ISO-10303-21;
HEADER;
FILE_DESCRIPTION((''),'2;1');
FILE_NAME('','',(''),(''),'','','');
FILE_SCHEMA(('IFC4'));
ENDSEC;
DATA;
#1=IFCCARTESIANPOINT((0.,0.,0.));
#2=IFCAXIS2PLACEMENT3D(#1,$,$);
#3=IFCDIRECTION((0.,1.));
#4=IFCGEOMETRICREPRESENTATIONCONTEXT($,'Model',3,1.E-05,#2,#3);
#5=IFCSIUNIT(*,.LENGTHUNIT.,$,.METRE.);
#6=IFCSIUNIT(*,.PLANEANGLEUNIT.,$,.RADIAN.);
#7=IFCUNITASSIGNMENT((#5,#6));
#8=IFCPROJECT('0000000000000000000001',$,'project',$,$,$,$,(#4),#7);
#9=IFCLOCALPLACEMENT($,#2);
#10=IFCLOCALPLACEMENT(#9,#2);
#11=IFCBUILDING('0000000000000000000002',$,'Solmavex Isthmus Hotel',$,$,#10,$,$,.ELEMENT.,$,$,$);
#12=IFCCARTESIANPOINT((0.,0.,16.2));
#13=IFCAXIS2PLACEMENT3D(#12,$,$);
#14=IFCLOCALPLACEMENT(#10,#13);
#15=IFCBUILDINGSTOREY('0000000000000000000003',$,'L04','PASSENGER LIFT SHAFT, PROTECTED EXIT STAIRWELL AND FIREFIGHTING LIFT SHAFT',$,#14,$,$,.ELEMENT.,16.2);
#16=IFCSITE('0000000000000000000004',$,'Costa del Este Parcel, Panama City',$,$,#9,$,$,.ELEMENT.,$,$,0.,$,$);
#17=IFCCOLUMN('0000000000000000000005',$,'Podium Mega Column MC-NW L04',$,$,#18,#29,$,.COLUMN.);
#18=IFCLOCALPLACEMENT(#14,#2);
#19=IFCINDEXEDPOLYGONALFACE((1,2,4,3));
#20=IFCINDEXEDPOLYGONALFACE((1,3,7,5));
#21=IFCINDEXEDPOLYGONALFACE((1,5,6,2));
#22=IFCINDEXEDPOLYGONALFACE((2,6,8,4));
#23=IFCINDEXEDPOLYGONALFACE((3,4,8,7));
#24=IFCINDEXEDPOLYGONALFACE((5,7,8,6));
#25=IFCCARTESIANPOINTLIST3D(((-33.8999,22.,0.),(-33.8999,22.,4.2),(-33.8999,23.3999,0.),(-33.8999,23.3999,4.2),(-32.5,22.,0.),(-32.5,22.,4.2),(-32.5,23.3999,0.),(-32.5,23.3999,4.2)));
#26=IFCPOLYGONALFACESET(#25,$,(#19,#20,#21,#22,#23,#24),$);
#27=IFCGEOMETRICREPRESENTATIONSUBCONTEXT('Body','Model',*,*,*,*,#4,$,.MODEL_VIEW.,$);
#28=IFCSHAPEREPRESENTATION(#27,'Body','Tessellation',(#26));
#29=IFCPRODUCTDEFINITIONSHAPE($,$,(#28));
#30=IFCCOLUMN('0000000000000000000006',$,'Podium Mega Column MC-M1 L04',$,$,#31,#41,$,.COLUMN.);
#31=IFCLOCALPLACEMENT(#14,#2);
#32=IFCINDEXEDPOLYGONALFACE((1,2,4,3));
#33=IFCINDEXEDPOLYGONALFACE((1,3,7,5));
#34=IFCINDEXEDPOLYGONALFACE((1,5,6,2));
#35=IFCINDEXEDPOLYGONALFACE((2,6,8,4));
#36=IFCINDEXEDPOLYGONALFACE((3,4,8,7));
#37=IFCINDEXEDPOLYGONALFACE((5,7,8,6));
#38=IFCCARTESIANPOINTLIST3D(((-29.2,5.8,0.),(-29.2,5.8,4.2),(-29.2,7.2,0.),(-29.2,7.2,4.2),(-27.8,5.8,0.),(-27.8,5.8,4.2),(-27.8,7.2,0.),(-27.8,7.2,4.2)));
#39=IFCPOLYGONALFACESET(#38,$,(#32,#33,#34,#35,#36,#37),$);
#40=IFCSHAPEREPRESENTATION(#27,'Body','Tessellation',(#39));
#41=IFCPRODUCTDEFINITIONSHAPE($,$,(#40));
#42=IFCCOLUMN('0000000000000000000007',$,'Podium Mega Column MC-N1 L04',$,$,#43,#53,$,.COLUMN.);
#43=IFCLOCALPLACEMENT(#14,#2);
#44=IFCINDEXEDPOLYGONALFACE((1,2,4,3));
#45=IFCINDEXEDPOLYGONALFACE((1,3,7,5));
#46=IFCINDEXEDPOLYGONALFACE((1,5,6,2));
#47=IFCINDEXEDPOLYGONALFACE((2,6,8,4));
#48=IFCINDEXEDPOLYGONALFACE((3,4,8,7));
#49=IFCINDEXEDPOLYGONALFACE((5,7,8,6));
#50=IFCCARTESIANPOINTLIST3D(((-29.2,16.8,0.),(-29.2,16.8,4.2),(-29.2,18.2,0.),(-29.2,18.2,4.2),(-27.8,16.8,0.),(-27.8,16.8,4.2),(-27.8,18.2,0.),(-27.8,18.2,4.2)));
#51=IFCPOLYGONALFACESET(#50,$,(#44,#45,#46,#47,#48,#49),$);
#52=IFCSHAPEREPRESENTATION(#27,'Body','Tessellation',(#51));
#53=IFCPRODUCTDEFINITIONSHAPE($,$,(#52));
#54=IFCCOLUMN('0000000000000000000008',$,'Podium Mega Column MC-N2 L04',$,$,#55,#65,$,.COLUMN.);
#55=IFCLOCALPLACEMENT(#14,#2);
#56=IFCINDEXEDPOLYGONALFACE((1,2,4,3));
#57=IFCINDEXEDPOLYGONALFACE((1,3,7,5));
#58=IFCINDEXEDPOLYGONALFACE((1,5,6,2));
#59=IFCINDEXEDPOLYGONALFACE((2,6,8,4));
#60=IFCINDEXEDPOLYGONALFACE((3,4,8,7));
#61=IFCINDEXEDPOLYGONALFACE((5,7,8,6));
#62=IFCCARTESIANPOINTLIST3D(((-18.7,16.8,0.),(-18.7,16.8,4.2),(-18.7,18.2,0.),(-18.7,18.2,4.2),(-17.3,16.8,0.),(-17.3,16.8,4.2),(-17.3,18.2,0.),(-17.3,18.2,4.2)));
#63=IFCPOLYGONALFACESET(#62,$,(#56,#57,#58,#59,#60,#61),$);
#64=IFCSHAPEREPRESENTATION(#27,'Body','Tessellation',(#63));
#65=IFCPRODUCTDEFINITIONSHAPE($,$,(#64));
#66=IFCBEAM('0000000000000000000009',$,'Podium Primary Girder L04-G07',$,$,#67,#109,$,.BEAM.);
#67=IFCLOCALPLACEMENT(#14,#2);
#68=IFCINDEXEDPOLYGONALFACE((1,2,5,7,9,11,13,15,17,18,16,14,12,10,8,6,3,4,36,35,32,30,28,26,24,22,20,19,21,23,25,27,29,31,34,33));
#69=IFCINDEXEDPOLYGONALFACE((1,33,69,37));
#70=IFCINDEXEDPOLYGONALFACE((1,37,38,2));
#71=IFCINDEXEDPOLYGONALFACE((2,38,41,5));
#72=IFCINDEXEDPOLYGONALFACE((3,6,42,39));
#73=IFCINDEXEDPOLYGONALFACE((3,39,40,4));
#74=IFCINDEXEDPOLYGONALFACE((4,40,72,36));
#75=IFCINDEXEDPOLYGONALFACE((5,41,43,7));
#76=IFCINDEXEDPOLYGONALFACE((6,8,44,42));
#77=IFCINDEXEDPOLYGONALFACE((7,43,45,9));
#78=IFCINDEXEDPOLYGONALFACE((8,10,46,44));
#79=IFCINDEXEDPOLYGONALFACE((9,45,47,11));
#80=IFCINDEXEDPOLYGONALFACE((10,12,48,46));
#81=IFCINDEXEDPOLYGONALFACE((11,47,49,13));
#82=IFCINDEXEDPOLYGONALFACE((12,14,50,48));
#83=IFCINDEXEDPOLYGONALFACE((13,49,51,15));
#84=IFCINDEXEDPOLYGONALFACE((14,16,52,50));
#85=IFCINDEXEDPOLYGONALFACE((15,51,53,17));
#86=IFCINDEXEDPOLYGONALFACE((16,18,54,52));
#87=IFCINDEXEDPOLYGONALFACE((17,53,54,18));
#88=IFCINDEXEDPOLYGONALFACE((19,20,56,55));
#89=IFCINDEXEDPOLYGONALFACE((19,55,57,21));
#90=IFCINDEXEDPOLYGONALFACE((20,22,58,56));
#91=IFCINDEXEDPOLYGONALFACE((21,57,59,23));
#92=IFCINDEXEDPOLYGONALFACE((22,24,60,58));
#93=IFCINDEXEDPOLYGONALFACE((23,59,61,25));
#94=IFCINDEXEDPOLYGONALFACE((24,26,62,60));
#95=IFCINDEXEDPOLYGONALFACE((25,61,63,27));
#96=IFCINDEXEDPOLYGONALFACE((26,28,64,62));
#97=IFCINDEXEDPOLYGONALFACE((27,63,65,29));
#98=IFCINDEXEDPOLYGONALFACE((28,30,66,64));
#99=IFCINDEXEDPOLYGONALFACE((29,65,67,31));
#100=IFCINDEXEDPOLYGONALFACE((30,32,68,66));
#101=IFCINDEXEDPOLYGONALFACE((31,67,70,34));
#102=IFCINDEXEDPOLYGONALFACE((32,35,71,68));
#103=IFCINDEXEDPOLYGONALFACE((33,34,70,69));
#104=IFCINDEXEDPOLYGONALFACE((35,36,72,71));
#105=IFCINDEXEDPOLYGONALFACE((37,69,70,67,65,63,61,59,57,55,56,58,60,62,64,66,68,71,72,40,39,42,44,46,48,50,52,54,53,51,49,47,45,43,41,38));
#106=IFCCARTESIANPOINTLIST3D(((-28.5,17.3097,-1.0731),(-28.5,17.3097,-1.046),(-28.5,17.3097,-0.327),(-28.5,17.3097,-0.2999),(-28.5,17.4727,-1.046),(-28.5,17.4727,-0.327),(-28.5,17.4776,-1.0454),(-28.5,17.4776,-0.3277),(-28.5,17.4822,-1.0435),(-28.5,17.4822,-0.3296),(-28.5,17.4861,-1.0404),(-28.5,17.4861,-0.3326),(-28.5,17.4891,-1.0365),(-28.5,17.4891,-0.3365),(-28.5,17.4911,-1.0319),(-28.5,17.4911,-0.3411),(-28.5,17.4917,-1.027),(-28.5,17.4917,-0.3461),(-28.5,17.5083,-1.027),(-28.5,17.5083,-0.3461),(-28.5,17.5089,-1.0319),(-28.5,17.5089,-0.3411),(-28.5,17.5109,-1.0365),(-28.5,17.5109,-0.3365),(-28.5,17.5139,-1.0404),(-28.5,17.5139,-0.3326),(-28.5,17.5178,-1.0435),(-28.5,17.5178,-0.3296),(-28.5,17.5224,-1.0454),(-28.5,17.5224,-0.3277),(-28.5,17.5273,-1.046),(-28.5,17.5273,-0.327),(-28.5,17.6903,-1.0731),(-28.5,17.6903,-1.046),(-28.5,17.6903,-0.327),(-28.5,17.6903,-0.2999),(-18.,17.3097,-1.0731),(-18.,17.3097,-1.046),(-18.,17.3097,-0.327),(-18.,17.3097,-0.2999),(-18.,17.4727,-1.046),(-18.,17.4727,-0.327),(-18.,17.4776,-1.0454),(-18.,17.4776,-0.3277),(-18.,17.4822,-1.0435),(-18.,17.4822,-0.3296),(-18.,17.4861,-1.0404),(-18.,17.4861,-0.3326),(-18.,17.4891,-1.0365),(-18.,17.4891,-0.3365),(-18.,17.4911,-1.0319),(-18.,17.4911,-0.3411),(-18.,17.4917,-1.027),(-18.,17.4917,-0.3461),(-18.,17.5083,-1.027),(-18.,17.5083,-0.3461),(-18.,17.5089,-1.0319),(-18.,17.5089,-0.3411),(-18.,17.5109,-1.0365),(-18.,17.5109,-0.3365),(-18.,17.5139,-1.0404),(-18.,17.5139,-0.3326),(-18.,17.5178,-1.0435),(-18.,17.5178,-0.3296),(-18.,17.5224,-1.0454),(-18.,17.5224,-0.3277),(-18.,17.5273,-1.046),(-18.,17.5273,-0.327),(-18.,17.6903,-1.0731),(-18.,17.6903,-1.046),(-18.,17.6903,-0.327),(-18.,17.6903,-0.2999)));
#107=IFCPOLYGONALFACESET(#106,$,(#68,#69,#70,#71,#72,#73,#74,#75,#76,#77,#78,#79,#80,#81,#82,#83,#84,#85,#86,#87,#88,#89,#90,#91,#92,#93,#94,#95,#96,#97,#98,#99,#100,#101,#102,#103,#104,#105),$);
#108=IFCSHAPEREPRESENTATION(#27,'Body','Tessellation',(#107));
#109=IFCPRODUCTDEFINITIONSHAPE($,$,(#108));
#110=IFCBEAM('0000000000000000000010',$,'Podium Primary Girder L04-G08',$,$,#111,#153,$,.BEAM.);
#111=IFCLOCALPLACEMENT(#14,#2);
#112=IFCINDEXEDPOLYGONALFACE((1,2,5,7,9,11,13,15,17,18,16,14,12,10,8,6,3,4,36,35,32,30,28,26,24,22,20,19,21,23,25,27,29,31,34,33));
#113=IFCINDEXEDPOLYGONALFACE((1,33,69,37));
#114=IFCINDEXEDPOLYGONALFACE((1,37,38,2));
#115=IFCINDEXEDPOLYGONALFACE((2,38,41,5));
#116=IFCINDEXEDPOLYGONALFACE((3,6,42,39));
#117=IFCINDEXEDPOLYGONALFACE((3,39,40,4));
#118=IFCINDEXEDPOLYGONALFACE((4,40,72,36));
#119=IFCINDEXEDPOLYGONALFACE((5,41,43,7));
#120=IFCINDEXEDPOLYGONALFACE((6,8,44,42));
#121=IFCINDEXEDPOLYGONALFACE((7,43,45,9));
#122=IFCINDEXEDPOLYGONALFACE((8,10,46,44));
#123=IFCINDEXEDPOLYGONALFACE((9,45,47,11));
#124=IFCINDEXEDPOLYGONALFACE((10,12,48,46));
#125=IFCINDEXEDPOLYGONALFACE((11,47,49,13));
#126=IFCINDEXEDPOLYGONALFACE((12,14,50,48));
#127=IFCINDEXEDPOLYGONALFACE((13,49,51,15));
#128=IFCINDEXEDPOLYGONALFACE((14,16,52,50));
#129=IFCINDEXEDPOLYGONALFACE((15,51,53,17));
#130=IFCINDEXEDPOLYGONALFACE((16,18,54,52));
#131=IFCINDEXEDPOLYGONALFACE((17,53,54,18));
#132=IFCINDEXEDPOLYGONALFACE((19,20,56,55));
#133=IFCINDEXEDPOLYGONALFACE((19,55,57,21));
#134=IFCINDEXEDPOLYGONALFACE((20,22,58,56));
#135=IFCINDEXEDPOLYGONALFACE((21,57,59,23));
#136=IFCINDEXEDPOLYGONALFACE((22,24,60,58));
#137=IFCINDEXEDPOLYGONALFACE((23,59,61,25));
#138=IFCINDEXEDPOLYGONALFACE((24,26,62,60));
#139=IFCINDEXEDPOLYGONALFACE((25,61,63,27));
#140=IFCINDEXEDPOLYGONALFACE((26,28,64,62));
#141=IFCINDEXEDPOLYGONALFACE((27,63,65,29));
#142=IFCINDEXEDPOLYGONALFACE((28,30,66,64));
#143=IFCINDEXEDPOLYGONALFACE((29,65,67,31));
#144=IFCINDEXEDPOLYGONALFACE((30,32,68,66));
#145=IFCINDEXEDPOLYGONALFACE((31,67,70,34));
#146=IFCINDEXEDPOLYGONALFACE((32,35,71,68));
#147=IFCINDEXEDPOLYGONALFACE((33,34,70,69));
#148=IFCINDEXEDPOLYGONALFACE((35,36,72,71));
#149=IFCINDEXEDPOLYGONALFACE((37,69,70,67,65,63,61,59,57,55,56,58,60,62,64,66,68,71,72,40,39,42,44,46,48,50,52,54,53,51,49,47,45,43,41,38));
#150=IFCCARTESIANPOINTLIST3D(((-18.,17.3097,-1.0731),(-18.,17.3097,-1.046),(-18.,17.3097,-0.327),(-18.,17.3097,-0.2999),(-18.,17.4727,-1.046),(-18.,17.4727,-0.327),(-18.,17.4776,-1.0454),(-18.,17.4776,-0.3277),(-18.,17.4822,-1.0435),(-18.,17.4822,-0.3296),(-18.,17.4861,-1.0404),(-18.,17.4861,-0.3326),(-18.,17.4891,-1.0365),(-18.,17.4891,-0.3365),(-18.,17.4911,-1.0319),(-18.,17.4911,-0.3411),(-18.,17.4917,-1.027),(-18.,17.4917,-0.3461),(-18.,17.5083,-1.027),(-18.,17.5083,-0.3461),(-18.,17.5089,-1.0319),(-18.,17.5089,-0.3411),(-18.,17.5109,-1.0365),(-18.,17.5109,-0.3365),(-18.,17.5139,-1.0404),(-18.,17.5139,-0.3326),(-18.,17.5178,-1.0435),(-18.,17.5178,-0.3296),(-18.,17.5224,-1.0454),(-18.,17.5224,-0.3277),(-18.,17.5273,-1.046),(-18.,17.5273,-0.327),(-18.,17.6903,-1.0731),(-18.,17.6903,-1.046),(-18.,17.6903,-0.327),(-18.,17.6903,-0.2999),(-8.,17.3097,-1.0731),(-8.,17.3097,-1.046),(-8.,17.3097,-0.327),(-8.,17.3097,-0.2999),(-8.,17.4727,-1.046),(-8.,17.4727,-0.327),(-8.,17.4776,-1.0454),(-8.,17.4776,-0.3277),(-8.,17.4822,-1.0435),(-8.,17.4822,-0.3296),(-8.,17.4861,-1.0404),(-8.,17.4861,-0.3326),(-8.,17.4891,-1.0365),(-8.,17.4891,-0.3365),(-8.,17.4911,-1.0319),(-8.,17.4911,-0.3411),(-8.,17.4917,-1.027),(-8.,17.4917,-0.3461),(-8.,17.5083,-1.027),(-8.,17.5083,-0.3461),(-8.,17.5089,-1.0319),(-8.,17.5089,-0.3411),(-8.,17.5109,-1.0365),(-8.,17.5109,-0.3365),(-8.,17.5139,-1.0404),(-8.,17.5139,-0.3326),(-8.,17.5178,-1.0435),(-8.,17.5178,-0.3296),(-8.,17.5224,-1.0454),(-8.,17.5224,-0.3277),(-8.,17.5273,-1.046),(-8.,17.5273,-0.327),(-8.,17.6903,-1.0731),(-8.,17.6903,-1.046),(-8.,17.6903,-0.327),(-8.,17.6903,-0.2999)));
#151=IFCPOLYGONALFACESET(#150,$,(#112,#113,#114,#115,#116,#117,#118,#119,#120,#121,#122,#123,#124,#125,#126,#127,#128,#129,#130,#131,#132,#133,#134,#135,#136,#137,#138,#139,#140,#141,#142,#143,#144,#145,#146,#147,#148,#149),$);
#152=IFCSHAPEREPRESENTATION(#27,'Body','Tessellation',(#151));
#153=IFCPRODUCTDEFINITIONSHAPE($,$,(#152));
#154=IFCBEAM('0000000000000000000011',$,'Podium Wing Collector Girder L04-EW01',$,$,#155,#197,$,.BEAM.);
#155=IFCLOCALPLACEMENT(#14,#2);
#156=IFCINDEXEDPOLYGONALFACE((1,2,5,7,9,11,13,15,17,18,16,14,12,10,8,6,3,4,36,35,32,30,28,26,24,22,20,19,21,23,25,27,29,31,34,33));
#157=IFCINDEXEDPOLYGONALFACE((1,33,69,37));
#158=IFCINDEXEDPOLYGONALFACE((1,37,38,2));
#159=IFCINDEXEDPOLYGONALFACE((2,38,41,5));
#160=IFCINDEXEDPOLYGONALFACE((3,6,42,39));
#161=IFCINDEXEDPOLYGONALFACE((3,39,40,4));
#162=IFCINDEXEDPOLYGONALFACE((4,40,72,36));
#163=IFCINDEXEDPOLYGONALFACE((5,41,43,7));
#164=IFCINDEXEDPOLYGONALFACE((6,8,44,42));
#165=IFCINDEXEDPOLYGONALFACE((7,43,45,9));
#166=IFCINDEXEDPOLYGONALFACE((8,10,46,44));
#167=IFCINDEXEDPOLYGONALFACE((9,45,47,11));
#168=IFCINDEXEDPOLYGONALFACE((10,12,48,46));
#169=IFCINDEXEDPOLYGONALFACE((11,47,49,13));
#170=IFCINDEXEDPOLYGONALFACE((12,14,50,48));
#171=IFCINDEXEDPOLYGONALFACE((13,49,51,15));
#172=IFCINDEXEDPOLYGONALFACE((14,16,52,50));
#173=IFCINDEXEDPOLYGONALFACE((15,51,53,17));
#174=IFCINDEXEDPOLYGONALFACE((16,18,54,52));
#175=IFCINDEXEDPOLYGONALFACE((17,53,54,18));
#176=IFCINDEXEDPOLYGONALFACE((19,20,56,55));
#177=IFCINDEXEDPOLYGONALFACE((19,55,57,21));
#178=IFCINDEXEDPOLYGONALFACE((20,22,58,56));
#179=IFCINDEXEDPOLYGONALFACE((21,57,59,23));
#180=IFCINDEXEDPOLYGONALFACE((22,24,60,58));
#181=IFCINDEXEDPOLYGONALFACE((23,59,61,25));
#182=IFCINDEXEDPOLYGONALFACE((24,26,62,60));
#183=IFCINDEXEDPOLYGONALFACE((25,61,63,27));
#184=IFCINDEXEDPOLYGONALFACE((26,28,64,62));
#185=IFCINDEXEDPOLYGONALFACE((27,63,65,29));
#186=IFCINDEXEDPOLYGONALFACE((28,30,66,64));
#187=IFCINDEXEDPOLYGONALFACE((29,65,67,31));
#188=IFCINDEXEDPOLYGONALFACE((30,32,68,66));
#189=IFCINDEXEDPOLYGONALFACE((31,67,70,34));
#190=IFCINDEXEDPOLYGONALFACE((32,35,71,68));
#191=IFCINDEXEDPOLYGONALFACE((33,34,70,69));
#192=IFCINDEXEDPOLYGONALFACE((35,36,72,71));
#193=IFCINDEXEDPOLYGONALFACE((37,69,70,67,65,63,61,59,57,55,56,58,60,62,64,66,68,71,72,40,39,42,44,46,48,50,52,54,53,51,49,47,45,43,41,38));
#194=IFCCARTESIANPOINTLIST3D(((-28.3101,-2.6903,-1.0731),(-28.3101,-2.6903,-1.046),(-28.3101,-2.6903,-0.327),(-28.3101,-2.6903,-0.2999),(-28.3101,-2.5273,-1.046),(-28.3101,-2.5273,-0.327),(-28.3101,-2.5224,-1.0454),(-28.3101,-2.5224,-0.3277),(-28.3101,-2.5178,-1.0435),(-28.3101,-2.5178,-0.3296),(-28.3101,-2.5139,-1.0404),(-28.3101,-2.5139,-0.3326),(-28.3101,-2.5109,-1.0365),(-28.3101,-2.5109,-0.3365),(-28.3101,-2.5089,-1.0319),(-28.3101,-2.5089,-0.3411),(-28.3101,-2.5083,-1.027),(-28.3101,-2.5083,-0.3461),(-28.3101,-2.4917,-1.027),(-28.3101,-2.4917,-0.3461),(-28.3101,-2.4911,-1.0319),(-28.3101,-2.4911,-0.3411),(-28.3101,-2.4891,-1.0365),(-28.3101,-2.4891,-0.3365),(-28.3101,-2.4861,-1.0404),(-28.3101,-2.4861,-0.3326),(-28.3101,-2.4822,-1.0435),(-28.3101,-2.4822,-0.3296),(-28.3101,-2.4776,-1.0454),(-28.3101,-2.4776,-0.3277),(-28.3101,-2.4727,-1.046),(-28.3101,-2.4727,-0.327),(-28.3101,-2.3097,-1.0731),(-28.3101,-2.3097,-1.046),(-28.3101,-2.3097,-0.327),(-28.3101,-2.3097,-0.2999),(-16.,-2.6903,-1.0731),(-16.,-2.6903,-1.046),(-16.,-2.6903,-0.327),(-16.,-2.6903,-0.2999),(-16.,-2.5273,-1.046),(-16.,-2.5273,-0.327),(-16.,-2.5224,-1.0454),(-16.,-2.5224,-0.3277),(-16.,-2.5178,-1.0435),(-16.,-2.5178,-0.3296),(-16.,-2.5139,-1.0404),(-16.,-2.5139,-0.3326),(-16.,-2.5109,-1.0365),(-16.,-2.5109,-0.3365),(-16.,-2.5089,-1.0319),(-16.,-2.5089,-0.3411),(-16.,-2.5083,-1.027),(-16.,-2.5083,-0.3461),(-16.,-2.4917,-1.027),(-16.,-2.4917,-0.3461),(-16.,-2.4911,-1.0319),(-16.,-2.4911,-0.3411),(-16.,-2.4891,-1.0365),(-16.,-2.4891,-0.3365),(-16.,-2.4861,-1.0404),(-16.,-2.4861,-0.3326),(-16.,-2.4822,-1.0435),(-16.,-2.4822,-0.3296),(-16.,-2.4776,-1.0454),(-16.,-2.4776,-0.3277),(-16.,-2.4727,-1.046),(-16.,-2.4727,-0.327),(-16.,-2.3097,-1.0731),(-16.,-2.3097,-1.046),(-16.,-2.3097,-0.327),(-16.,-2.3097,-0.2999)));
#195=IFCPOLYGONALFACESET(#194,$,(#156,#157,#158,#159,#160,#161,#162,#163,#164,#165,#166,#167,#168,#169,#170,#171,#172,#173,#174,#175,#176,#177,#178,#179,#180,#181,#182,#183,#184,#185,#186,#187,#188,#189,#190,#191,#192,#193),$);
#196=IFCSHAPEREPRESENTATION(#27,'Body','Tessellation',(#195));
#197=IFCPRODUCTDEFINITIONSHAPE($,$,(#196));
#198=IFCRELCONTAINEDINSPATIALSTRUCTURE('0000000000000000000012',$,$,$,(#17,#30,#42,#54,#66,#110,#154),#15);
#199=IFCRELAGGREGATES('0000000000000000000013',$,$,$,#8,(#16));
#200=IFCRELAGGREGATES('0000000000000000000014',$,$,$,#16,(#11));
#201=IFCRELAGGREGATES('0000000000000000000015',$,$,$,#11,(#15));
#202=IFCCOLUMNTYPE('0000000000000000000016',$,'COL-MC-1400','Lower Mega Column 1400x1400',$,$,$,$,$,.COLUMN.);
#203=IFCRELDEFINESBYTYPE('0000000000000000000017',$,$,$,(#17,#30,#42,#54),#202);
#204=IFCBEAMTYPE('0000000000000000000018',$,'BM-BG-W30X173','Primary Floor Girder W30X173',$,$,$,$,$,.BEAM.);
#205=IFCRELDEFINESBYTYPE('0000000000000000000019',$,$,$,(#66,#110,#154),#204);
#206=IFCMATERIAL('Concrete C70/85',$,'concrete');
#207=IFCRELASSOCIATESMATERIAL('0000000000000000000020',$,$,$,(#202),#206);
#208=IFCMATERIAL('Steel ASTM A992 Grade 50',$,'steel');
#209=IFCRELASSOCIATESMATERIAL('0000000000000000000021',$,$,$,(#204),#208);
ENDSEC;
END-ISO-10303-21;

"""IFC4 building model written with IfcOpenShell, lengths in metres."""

from ifc_helpers import new_model, si_unit, direction, frame, origin, origin_2d, place, context, subcontext, project, spatial, rectangle, i_section, extrude, material, material_profile, profile_set, type_object, element, save


model = new_model("IFC4")

# Units and contexts
model_context = context("Model", 3, precision=1e-05, world=origin(), true_north=direction((0.0, 1.0)))
body_context = subcontext(model_context, "Body", "Model", "MODEL_VIEW")
ifc_project = project(units=[si_unit("LENGTHUNIT", "METRE"), si_unit("PLANEANGLEUNIT", "RADIAN")], contexts=[model_context])

# Site, building, storey
site_placement = place(None, origin())
site = spatial("IfcSite", under=ifc_project, at=site_placement, Name="Costa del Este Parcel, Panama City", CompositionType="ELEMENT", RefElevation=0.0)
building_placement = place(site_placement, origin())
building = spatial("IfcBuilding", under=site, at=building_placement, Name="Solmavex Isthmus Hotel", CompositionType="ELEMENT")
storey_placement = place(building_placement, frame((0.0, 0.0, 16.2)))
storey = spatial("IfcBuildingStorey", under=building, at=storey_placement, Name="L04", Description="PASSENGER LIFT SHAFT, PROTECTED EXIT STAIRWELL AND FIREFIGHTING LIFT SHAFT", CompositionType="ELEMENT", Elevation=16.2)

# Columns
ifc_material_1 = material(Name="Concrete C70/85", Category="concrete")
ifc_material_profile_1 = material_profile(ifc_material_1, rectangle(XDim=1.3999, YDim=1.3999, at=origin_2d()), Name="RC1400X1400")
ifc_profile_set_1 = profile_set([ifc_material_profile_1], Name="Concrete C70/85")
column_type = type_object("IfcColumnType", Name="COL-MC-1400", Description="Lower Mega Column 1400x1400", PredefinedType="COLUMN", material=ifc_profile_set_1)
for number, where, z_axis, x_axis, name in (
    (1, (-33.2, 22.7, 0.0), (0.0, 0.0, 1.0), (1.0, 0.0, 0.0), "Podium Mega Column MC-NW L04"),
    (2, (-28.5, 6.5, 0.0), (0.0, 0.0, 1.0), (1.0, 0.0, 0.0), "Podium Mega Column MC-M1 L04"),
    (3, (-28.5, 17.5, 0.0), (0.0, 0.0, 1.0), (1.0, 0.0, 0.0), "Podium Mega Column MC-N1 L04"),
    (4, (-18.0, 17.5, 0.0), (0.0, 0.0, 1.0), (1.0, 0.0, 0.0), "Podium Mega Column MC-N2 L04"),
):
    element("IfcColumn", number, at=place(storey_placement, frame(where, z_axis=z_axis, x_axis=x_axis)), inside=storey, type_object=column_type, Name=name, PredefinedType="COLUMN", context=body_context, shape_type="SweptSolid", body=[
        extrude(rectangle(XDim=1.3999, YDim=1.3999, at=origin_2d()), origin(), (0.0, 0.0, 1.0), 4.2),
    ])

# Beams
ifc_material_2 = material(Name="Steel ASTM A992 Grade 50", Category="steel")
ifc_material_profile_2 = material_profile(ifc_material_2, i_section(OverallWidth=0.3806, OverallDepth=0.7732, WebThickness=0.0166, FlangeThickness=0.0271, FilletRadius=0.019, at=origin_2d()), Name="W30X173")
ifc_profile_set_2 = profile_set([ifc_material_profile_2], Name="Steel ASTM A992 Grade 50")
beam_type_1 = type_object("IfcBeamType", Name="BM-BG-W30X173", Description="Primary Floor Girder W30X173", PredefinedType="BEAM", material=ifc_profile_set_2)
beam_1_placement = place(storey_placement, frame((-28.5, 17.5, -0.6865), z_axis=(1.0, 0.0, 0.0), x_axis=(0.0, 1.0, 0.0)))
element("IfcBeam", 5, at=beam_1_placement, inside=storey, type_object=beam_type_1, Name="Podium Primary Girder L04-G07", PredefinedType="BEAM", context=body_context, shape_type="SweptSolid", body=[
    extrude(i_section(OverallWidth=0.3806, OverallDepth=0.7732, WebThickness=0.0166, FlangeThickness=0.0271, FilletRadius=0.019, at=origin_2d()), origin(), (0.0, 0.0, 1.0), 10.5),
])
beam_2_placement = place(storey_placement, frame((-18.0, 17.5, -0.6865), z_axis=(1.0, 0.0, 0.0), x_axis=(0.0, 1.0, 0.0)))
element("IfcBeam", 6, at=beam_2_placement, inside=storey, type_object=beam_type_1, Name="Podium Primary Girder L04-G08", PredefinedType="BEAM", context=body_context, shape_type="SweptSolid", body=[
    extrude(i_section(OverallWidth=0.3806, OverallDepth=0.7732, WebThickness=0.0166, FlangeThickness=0.0271, FilletRadius=0.019, at=origin_2d()), origin(), (0.0, 0.0, 1.0), 10.0),
])
beam_3_placement = place(storey_placement, frame((-28.3101, -2.5, -0.6865), z_axis=(1.0, 0.0, 0.0), x_axis=(0.0, 1.0, 0.0)))
element("IfcBeam", 7, at=beam_3_placement, inside=storey, type_object=beam_type_1, Name="Podium Wing Collector Girder L04-EW01", PredefinedType="BEAM", context=body_context, shape_type="SweptSolid", body=[
    extrude(i_section(OverallWidth=0.3806, OverallDepth=0.7732, WebThickness=0.0166, FlangeThickness=0.0271, FilletRadius=0.019, at=origin_2d()), origin(), (0.0, 0.0, 1.0), 12.3101),
])

save(model, "model.ifc")
